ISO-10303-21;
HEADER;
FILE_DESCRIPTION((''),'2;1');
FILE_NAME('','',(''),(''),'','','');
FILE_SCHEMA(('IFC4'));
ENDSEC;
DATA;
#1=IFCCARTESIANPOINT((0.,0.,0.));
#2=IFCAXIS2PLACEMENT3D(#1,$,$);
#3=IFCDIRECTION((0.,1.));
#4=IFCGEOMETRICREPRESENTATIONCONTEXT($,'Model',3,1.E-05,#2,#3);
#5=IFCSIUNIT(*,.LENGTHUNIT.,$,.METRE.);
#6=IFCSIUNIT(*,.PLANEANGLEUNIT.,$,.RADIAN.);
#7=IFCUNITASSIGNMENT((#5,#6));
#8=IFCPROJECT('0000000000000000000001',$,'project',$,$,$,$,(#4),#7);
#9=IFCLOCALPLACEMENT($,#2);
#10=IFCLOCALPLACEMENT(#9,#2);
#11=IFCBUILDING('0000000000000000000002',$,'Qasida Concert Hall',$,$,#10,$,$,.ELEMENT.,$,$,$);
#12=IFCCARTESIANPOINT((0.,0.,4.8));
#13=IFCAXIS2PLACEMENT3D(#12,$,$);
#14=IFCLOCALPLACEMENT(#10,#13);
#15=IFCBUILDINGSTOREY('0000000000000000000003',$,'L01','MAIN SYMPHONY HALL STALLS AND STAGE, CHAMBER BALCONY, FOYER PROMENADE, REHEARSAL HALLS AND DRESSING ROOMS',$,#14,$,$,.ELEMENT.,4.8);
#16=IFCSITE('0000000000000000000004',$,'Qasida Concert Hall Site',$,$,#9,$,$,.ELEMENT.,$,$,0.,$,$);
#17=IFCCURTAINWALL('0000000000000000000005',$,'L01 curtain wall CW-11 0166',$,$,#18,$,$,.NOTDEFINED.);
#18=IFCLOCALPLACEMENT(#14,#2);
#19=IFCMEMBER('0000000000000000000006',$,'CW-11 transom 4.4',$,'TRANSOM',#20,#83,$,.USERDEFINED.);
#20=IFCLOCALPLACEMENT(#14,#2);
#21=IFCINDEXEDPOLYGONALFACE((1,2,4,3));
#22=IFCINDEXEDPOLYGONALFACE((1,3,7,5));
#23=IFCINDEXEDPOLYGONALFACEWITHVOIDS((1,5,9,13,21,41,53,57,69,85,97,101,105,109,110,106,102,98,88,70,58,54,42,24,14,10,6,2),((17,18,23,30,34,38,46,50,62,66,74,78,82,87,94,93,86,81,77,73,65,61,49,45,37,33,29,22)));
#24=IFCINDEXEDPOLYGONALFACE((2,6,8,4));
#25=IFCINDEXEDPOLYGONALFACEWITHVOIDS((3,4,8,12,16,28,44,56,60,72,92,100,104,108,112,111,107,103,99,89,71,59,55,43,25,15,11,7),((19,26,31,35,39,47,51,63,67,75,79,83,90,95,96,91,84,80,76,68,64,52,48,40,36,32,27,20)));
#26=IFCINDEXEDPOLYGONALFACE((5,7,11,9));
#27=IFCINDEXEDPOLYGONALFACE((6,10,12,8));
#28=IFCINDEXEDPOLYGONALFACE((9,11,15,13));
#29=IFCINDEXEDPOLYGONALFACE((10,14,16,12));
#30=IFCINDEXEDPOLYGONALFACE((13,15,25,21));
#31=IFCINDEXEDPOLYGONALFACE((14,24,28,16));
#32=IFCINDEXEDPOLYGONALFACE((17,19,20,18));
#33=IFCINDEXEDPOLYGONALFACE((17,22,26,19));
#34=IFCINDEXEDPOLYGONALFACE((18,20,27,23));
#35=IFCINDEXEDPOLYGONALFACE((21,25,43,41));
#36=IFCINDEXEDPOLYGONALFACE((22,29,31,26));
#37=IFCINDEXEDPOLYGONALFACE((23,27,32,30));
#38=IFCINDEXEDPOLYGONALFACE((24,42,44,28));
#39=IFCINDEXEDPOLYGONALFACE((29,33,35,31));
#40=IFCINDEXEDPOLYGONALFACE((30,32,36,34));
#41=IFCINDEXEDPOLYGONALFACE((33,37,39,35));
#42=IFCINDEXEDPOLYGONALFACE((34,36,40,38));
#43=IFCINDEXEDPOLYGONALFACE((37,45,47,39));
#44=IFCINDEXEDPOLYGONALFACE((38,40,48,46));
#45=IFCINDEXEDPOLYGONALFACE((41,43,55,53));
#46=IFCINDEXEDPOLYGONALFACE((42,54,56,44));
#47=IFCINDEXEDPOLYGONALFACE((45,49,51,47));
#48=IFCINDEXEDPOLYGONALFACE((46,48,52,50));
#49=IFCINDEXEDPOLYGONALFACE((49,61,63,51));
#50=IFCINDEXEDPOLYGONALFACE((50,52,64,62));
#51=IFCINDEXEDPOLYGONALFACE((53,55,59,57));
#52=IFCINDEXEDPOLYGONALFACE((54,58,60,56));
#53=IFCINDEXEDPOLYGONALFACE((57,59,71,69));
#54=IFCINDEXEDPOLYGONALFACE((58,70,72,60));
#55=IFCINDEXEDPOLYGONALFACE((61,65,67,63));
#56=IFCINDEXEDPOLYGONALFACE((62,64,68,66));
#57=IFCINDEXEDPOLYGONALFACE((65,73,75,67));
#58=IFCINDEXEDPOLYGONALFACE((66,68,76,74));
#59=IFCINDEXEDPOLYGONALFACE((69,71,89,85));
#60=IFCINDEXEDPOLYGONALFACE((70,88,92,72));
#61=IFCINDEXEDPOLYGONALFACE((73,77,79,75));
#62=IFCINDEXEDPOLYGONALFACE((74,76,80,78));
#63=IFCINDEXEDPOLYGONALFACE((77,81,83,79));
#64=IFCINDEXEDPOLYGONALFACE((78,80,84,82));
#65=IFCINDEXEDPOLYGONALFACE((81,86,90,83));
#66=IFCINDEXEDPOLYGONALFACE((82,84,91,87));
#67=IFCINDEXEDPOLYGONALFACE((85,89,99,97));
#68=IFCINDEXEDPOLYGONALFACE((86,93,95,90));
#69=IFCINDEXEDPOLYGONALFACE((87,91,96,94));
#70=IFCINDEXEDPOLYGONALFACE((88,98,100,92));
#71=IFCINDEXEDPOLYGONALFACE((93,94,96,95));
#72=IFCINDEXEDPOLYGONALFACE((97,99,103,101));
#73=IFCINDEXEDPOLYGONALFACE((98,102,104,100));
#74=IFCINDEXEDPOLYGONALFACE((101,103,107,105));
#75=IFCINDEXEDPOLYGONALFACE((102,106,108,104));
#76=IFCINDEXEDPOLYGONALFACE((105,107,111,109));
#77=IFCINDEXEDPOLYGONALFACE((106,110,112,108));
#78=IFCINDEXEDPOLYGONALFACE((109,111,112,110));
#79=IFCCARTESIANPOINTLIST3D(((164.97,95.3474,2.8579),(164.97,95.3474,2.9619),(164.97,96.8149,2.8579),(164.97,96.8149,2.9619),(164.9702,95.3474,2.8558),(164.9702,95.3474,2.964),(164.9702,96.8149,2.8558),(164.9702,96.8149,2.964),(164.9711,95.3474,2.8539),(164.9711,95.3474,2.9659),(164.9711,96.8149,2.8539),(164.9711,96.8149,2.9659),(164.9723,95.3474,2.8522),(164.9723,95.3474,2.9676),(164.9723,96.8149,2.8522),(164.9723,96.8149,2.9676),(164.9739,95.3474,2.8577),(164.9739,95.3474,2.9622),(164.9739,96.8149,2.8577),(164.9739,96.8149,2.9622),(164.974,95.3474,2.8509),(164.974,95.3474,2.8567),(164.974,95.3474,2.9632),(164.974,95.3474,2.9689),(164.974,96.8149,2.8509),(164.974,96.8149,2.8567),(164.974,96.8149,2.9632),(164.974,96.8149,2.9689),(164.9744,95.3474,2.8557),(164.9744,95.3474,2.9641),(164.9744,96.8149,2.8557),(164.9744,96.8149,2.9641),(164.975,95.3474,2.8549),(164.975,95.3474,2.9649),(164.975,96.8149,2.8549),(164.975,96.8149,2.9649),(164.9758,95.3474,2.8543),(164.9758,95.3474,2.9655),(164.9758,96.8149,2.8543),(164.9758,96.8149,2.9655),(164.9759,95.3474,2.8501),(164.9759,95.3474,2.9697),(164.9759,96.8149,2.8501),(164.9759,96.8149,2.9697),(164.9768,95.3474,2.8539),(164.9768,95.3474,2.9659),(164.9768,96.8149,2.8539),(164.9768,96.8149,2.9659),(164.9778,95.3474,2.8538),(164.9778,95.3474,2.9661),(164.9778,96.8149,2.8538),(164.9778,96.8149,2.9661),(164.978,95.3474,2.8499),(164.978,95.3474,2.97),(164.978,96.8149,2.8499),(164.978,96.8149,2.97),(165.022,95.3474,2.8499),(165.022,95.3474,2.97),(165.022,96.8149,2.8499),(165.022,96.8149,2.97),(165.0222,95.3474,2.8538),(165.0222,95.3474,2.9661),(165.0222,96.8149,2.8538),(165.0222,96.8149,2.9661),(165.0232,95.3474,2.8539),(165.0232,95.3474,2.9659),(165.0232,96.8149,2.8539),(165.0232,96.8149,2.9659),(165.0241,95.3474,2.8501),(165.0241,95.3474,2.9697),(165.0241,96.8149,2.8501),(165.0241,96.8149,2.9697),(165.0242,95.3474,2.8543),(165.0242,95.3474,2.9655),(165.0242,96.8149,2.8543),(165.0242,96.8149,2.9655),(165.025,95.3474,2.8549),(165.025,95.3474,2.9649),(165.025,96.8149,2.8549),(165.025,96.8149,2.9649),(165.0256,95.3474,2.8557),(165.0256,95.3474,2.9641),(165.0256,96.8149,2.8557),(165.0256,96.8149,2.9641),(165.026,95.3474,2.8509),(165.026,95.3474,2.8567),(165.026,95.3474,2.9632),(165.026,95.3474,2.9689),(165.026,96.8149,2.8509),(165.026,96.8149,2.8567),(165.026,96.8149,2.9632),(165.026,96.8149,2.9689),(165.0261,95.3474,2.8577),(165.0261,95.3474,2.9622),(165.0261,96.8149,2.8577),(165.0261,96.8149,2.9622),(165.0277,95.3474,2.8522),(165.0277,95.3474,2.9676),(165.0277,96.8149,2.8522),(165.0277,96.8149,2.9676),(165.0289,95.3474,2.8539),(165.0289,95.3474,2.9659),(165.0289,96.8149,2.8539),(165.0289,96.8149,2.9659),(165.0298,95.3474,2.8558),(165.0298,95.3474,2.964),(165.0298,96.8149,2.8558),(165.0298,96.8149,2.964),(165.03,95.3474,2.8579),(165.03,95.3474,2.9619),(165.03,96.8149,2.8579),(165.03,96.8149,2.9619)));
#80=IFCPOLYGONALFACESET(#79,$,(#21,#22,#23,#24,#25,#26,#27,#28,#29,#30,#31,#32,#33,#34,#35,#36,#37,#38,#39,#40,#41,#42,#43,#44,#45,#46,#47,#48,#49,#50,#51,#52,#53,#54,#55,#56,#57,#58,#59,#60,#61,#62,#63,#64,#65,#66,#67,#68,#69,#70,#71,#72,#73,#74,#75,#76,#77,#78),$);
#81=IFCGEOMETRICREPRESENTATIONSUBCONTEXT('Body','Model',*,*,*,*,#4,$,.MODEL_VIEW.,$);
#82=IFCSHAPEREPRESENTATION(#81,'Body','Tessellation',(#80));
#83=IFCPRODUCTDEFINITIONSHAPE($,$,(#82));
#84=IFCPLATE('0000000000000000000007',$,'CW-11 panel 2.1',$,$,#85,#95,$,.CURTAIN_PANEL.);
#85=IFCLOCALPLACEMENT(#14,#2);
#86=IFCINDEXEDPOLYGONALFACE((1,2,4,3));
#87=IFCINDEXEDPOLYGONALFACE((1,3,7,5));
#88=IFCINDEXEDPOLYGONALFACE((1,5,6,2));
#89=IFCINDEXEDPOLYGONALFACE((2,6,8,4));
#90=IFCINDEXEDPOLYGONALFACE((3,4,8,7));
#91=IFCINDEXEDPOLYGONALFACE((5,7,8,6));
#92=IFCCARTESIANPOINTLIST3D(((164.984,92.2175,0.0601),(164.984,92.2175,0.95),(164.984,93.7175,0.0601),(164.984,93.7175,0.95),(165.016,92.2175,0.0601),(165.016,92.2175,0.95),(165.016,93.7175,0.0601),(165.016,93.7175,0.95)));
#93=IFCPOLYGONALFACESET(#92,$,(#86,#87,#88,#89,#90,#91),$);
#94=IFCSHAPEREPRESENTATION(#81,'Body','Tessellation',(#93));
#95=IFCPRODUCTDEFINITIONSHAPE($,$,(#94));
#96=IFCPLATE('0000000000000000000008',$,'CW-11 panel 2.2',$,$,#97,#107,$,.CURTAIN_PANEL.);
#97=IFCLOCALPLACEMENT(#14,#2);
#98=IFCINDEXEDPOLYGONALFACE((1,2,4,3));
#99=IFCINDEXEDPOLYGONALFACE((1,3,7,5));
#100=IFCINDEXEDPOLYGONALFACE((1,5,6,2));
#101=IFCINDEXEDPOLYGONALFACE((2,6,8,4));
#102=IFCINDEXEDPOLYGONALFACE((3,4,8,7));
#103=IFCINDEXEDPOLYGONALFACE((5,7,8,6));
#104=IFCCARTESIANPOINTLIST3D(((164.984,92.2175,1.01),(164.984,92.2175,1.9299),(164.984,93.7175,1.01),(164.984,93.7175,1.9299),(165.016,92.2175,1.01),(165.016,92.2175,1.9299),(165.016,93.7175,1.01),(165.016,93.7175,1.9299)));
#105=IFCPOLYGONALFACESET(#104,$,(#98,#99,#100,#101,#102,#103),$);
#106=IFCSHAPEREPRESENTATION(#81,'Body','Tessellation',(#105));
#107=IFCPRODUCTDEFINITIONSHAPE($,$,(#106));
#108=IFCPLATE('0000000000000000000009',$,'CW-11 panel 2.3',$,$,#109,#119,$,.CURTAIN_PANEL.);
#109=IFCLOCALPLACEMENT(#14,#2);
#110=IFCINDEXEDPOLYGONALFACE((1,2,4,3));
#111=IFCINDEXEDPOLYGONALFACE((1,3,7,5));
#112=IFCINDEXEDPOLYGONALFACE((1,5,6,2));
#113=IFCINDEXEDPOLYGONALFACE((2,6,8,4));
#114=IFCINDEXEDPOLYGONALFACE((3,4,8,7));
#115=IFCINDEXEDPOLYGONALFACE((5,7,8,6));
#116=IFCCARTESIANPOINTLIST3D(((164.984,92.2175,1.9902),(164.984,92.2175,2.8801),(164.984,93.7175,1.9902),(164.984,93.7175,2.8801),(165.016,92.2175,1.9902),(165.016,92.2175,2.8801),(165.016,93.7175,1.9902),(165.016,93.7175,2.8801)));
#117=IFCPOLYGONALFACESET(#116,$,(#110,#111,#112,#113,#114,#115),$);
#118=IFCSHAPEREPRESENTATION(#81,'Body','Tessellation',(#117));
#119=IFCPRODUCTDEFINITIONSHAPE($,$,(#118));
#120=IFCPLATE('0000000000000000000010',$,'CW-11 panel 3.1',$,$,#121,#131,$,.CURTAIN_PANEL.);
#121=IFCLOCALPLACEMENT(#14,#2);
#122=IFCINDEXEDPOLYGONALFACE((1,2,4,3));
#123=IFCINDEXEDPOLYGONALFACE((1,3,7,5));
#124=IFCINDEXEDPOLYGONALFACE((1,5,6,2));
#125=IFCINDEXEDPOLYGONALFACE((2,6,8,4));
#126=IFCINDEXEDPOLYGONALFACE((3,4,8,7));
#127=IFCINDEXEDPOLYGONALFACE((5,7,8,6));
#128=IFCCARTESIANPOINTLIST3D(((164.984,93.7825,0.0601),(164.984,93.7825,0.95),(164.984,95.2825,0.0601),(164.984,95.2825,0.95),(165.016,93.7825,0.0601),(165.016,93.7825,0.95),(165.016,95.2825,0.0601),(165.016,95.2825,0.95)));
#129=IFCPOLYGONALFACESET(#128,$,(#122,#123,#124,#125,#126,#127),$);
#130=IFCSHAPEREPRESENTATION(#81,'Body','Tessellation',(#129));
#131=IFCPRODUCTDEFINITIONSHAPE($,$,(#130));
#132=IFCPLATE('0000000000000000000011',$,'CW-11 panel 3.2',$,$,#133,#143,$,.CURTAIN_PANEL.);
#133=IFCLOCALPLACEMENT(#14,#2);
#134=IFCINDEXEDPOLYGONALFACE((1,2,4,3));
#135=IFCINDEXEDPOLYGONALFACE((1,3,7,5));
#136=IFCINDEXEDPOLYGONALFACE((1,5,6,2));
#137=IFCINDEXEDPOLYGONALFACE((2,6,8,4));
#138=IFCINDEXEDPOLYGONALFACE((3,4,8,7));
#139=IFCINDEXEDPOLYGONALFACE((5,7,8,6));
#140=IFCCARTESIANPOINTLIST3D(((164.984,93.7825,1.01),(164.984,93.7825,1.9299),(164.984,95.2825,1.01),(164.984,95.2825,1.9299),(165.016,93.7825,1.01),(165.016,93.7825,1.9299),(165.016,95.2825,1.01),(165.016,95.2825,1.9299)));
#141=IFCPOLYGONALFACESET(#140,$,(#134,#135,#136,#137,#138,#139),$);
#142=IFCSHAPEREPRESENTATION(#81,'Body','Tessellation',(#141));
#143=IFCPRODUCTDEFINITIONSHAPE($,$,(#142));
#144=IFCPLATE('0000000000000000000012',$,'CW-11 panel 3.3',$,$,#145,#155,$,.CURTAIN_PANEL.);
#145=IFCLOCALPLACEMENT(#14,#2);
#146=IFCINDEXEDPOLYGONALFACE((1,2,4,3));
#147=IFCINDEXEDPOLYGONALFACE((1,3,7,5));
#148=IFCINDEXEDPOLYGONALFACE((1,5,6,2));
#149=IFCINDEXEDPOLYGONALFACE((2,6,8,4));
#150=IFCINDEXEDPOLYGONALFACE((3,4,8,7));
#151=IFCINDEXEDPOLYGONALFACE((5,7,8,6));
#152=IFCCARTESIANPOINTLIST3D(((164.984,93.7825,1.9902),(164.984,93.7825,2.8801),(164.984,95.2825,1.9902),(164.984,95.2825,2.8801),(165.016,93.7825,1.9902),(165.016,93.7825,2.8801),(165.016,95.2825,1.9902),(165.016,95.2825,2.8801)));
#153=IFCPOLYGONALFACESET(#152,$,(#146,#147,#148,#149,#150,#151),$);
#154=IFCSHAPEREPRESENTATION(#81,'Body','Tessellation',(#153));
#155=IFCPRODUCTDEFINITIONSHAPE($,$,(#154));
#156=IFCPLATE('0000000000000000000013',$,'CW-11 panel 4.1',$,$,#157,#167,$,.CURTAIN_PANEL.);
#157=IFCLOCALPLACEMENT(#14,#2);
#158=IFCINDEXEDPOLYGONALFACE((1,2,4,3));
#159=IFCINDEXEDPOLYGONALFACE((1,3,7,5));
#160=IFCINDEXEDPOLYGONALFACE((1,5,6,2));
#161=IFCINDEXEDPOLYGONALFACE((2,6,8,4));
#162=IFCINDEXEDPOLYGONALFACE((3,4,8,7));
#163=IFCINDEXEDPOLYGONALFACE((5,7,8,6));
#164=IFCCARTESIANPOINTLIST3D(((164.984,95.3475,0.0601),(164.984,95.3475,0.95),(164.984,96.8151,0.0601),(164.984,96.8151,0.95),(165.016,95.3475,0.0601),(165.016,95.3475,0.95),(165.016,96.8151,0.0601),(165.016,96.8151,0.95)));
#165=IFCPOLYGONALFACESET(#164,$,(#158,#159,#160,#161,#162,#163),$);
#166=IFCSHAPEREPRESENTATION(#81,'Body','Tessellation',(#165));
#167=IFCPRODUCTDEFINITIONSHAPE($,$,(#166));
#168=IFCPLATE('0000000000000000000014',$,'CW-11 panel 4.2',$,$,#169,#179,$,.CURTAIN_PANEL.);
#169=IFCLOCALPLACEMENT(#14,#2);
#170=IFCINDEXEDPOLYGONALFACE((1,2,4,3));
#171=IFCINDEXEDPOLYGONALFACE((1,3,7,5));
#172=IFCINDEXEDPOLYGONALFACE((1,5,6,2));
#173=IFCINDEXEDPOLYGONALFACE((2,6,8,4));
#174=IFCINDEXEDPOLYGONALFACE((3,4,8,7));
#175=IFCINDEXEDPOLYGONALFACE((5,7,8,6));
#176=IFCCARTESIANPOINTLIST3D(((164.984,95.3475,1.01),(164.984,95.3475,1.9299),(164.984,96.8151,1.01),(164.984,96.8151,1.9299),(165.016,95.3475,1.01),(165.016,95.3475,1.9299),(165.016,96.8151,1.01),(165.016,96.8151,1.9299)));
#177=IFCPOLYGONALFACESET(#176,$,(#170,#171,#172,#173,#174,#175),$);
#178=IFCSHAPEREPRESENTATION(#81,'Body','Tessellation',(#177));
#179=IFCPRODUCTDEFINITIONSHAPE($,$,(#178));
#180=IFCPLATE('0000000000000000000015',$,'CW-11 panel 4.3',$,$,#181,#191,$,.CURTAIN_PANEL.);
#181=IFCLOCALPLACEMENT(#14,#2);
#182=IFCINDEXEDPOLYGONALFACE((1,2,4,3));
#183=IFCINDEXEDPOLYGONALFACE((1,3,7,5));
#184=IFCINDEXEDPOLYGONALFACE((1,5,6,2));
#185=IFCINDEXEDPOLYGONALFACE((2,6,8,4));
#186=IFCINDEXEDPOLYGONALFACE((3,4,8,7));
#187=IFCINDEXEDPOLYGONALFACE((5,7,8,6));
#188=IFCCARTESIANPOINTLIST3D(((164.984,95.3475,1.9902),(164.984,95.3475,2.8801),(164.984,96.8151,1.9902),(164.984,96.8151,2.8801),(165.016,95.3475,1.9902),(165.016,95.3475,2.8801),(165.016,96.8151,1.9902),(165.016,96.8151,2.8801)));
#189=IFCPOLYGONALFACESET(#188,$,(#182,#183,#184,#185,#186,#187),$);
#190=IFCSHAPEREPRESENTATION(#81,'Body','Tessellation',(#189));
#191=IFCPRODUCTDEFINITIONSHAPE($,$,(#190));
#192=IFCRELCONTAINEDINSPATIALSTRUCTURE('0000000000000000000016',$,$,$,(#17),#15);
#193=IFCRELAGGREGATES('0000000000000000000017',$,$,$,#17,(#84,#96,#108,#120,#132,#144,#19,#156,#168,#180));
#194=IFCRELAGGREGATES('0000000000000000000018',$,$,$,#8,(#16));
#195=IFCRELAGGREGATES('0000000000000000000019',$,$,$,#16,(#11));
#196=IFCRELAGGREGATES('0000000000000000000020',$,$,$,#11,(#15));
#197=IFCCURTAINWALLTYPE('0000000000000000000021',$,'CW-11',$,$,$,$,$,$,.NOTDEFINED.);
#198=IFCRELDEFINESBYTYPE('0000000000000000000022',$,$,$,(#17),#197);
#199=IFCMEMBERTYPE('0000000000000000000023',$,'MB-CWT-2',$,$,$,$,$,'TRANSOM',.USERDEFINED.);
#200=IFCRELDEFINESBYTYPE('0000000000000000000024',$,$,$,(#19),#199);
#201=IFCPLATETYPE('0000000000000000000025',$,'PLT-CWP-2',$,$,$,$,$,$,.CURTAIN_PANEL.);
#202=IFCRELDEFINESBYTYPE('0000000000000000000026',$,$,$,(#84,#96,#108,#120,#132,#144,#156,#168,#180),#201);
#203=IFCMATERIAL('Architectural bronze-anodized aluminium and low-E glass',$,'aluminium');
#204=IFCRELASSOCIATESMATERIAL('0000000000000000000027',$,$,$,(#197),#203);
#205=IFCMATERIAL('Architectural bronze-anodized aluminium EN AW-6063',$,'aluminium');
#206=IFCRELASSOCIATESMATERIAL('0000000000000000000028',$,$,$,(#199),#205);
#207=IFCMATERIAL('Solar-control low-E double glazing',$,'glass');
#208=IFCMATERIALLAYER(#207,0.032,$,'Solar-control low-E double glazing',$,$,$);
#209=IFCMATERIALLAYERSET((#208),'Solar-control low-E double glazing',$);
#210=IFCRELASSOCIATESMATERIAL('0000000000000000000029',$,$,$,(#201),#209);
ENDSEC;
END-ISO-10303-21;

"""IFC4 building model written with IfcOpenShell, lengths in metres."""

from ifc_helpers import new_model, si_unit, direction, frame, origin, origin_2d, place, context, subcontext, project, spatial, rectangle, hollow_rectangle, extrude, material, layer, layer_set, material_profile, profile_set, type_object, element, aggregate, save


model = new_model("IFC4")

# Units and contexts
model_context = context("Model", 3, precision=1e-05, world=origin(), true_north=direction((0.0, 1.0)))
body_context = subcontext(model_context, "Body", "Model", "MODEL_VIEW")
ifc_project = project(units=[si_unit("LENGTHUNIT", "METRE"), si_unit("PLANEANGLEUNIT", "RADIAN")], contexts=[model_context])

# Site, building, storey
site_placement = place(None, origin())
site = spatial("IfcSite", under=ifc_project, at=site_placement, Name="Qasida Concert Hall Site", CompositionType="ELEMENT", RefElevation=0.0)
building_placement = place(site_placement, origin())
building = spatial("IfcBuilding", under=site, at=building_placement, Name="Qasida Concert Hall", CompositionType="ELEMENT")
storey_placement = place(building_placement, frame((0.0, 0.0, 4.8)))
storey = spatial("IfcBuildingStorey", under=building, at=storey_placement, Name="L01", Description="MAIN SYMPHONY HALL STALLS AND STAGE, CHAMBER BALCONY, FOYER PROMENADE, REHEARSAL HALLS AND DRESSING ROOMS", CompositionType="ELEMENT", Elevation=4.8)

# Curtain wall, member, plates
ifc_material_1 = material(Name="Architectural bronze-anodized aluminium and low-E glass", Category="aluminium")
curtain_wall_type = type_object("IfcCurtainWallType", Name="CW-11", PredefinedType="NOTDEFINED", material=ifc_material_1)
curtain_wall_placement = place(storey_placement, origin())
curtain_wall = element("IfcCurtainWall", 1, at=curtain_wall_placement, inside=storey, type_object=curtain_wall_type, Name="L01 curtain wall CW-11 0166", PredefinedType="NOTDEFINED")
ifc_material_2 = material(Name="Architectural bronze-anodized aluminium EN AW-6063", Category="aluminium")
ifc_material_profile_1 = material_profile(ifc_material_2, hollow_rectangle(XDim=0.0601, YDim=0.1201, WallThickness=0.0039, InnerFilletRadius=0.0039, OuterFilletRadius=0.0081, at=origin_2d()), Name="CWT 120x60x4")
ifc_profile_set_1 = profile_set([ifc_material_profile_1], Name="Architectural bronze-anodized aluminium EN AW-6063")
member_type_1 = type_object("IfcMemberType", Name="MB-CWT-2", ElementType="TRANSOM", PredefinedType="USERDEFINED", material=ifc_profile_set_1)
member_1_placement = place(storey_placement, frame((165.0, 95.3474, 2.9099), z_axis=(0.0, 1.0, 0.0), x_axis=(-1.0, 0.0, 0.0)))
member_1 = element("IfcMember", 2, at=member_1_placement, type_object=member_type_1, Name="CW-11 transom 4.4", ObjectType="TRANSOM", PredefinedType="USERDEFINED", context=body_context, shape_type="SweptSolid", body=[
    extrude(hollow_rectangle(XDim=0.0601, YDim=0.1201, WallThickness=0.0039, InnerFilletRadius=0.0039, OuterFilletRadius=0.0081, at=origin_2d()), origin(), (0.0, 0.0, 1.0), 1.4675),
])
ifc_material_3 = material(Name="Solar-control low-E double glazing", Category="glass")
ifc_layer_1 = layer(ifc_material_3, 0.032, Name="Solar-control low-E double glazing")
ifc_layer_set_1 = layer_set([ifc_layer_1], Name="Solar-control low-E double glazing")
plate_type = type_object("IfcPlateType", Name="PLT-CWP-2", PredefinedType="CURTAIN_PANEL", material=ifc_layer_set_1)
plate_1_placement = place(storey_placement, frame((165.0, 92.9675, 0.0601), z_axis=(0.0, 0.0, 1.0), x_axis=(0.0, 1.0, 0.0)))
plate_1 = element("IfcPlate", 3, at=plate_1_placement, type_object=plate_type, Name="CW-11 panel 2.1", PredefinedType="CURTAIN_PANEL", context=body_context, shape_type="SweptSolid", body=[
    extrude(rectangle(XDim=1.5, YDim=0.032, at=origin_2d()), origin(), (0.0, 0.0, 1.0), 0.8899),
])
plate_2_placement = place(storey_placement, frame((165.0, 92.9675, 1.01), z_axis=(0.0, 0.0, 1.0), x_axis=(0.0, 1.0, 0.0)))
plate_2 = element("IfcPlate", 4, at=plate_2_placement, type_object=plate_type, Name="CW-11 panel 2.2", PredefinedType="CURTAIN_PANEL", context=body_context, shape_type="SweptSolid", body=[
    extrude(rectangle(XDim=1.5, YDim=0.032, at=origin_2d()), origin(), (0.0, 0.0, 1.0), 0.9199),
])
plate_3_placement = place(storey_placement, frame((165.0, 92.9675, 1.9902), z_axis=(0.0, 0.0, 1.0), x_axis=(0.0, 1.0, 0.0)))
plate_3 = element("IfcPlate", 5, at=plate_3_placement, type_object=plate_type, Name="CW-11 panel 2.3", PredefinedType="CURTAIN_PANEL", context=body_context, shape_type="SweptSolid", body=[
    extrude(rectangle(XDim=1.5, YDim=0.032, at=origin_2d()), origin(), (0.0, 0.0, 1.0), 0.8899),
])
plate_4_placement = place(storey_placement, frame((165.0, 94.5325, 0.0601), z_axis=(0.0, 0.0, 1.0), x_axis=(0.0, 1.0, 0.0)))
plate_4 = element("IfcPlate", 6, at=plate_4_placement, type_object=plate_type, Name="CW-11 panel 3.1", PredefinedType="CURTAIN_PANEL", context=body_context, shape_type="SweptSolid", body=[
    extrude(rectangle(XDim=1.5, YDim=0.032, at=origin_2d()), origin(), (0.0, 0.0, 1.0), 0.8899),
])
plate_5_placement = place(storey_placement, frame((165.0, 94.5325, 1.01), z_axis=(0.0, 0.0, 1.0), x_axis=(0.0, 1.0, 0.0)))
plate_5 = element("IfcPlate", 7, at=plate_5_placement, type_object=plate_type, Name="CW-11 panel 3.2", PredefinedType="CURTAIN_PANEL", context=body_context, shape_type="SweptSolid", body=[
    extrude(rectangle(XDim=1.5, YDim=0.032, at=origin_2d()), origin(), (0.0, 0.0, 1.0), 0.9199),
])
plate_6_placement = place(storey_placement, frame((165.0, 94.5325, 1.9902), z_axis=(0.0, 0.0, 1.0), x_axis=(0.0, 1.0, 0.0)))
plate_6 = element("IfcPlate", 8, at=plate_6_placement, type_object=plate_type, Name="CW-11 panel 3.3", PredefinedType="CURTAIN_PANEL", context=body_context, shape_type="SweptSolid", body=[
    extrude(rectangle(XDim=1.5, YDim=0.032, at=origin_2d()), origin(), (0.0, 0.0, 1.0), 0.8899),
])
plate_7_placement = place(storey_placement, frame((165.0, 96.0813, 0.0601), z_axis=(0.0, 0.0, 1.0), x_axis=(0.0, 1.0, 0.0)))
plate_7 = element("IfcPlate", 9, at=plate_7_placement, type_object=plate_type, Name="CW-11 panel 4.1", PredefinedType="CURTAIN_PANEL", context=body_context, shape_type="SweptSolid", body=[
    extrude(rectangle(XDim=1.4675, YDim=0.032, at=origin_2d()), origin(), (0.0, 0.0, 1.0), 0.8899),
])
plate_8_placement = place(storey_placement, frame((165.0, 96.0813, 1.01), z_axis=(0.0, 0.0, 1.0), x_axis=(0.0, 1.0, 0.0)))
plate_8 = element("IfcPlate", 10, at=plate_8_placement, type_object=plate_type, Name="CW-11 panel 4.2", PredefinedType="CURTAIN_PANEL", context=body_context, shape_type="SweptSolid", body=[
    extrude(rectangle(XDim=1.4675, YDim=0.032, at=origin_2d()), origin(), (0.0, 0.0, 1.0), 0.9199),
])
plate_9_placement = place(storey_placement, frame((165.0, 96.0813, 1.9902), z_axis=(0.0, 0.0, 1.0), x_axis=(0.0, 1.0, 0.0)))
plate_9 = element("IfcPlate", 11, at=plate_9_placement, type_object=plate_type, Name="CW-11 panel 4.3", PredefinedType="CURTAIN_PANEL", context=body_context, shape_type="SweptSolid", body=[
    extrude(rectangle(XDim=1.4675, YDim=0.032, at=origin_2d()), origin(), (0.0, 0.0, 1.0), 0.8899),
])
aggregate(curtain_wall, [plate_1, plate_2, plate_3, plate_4, plate_5, plate_6, member_1, plate_7, plate_8, plate_9])

save(model, "model.ifc")
